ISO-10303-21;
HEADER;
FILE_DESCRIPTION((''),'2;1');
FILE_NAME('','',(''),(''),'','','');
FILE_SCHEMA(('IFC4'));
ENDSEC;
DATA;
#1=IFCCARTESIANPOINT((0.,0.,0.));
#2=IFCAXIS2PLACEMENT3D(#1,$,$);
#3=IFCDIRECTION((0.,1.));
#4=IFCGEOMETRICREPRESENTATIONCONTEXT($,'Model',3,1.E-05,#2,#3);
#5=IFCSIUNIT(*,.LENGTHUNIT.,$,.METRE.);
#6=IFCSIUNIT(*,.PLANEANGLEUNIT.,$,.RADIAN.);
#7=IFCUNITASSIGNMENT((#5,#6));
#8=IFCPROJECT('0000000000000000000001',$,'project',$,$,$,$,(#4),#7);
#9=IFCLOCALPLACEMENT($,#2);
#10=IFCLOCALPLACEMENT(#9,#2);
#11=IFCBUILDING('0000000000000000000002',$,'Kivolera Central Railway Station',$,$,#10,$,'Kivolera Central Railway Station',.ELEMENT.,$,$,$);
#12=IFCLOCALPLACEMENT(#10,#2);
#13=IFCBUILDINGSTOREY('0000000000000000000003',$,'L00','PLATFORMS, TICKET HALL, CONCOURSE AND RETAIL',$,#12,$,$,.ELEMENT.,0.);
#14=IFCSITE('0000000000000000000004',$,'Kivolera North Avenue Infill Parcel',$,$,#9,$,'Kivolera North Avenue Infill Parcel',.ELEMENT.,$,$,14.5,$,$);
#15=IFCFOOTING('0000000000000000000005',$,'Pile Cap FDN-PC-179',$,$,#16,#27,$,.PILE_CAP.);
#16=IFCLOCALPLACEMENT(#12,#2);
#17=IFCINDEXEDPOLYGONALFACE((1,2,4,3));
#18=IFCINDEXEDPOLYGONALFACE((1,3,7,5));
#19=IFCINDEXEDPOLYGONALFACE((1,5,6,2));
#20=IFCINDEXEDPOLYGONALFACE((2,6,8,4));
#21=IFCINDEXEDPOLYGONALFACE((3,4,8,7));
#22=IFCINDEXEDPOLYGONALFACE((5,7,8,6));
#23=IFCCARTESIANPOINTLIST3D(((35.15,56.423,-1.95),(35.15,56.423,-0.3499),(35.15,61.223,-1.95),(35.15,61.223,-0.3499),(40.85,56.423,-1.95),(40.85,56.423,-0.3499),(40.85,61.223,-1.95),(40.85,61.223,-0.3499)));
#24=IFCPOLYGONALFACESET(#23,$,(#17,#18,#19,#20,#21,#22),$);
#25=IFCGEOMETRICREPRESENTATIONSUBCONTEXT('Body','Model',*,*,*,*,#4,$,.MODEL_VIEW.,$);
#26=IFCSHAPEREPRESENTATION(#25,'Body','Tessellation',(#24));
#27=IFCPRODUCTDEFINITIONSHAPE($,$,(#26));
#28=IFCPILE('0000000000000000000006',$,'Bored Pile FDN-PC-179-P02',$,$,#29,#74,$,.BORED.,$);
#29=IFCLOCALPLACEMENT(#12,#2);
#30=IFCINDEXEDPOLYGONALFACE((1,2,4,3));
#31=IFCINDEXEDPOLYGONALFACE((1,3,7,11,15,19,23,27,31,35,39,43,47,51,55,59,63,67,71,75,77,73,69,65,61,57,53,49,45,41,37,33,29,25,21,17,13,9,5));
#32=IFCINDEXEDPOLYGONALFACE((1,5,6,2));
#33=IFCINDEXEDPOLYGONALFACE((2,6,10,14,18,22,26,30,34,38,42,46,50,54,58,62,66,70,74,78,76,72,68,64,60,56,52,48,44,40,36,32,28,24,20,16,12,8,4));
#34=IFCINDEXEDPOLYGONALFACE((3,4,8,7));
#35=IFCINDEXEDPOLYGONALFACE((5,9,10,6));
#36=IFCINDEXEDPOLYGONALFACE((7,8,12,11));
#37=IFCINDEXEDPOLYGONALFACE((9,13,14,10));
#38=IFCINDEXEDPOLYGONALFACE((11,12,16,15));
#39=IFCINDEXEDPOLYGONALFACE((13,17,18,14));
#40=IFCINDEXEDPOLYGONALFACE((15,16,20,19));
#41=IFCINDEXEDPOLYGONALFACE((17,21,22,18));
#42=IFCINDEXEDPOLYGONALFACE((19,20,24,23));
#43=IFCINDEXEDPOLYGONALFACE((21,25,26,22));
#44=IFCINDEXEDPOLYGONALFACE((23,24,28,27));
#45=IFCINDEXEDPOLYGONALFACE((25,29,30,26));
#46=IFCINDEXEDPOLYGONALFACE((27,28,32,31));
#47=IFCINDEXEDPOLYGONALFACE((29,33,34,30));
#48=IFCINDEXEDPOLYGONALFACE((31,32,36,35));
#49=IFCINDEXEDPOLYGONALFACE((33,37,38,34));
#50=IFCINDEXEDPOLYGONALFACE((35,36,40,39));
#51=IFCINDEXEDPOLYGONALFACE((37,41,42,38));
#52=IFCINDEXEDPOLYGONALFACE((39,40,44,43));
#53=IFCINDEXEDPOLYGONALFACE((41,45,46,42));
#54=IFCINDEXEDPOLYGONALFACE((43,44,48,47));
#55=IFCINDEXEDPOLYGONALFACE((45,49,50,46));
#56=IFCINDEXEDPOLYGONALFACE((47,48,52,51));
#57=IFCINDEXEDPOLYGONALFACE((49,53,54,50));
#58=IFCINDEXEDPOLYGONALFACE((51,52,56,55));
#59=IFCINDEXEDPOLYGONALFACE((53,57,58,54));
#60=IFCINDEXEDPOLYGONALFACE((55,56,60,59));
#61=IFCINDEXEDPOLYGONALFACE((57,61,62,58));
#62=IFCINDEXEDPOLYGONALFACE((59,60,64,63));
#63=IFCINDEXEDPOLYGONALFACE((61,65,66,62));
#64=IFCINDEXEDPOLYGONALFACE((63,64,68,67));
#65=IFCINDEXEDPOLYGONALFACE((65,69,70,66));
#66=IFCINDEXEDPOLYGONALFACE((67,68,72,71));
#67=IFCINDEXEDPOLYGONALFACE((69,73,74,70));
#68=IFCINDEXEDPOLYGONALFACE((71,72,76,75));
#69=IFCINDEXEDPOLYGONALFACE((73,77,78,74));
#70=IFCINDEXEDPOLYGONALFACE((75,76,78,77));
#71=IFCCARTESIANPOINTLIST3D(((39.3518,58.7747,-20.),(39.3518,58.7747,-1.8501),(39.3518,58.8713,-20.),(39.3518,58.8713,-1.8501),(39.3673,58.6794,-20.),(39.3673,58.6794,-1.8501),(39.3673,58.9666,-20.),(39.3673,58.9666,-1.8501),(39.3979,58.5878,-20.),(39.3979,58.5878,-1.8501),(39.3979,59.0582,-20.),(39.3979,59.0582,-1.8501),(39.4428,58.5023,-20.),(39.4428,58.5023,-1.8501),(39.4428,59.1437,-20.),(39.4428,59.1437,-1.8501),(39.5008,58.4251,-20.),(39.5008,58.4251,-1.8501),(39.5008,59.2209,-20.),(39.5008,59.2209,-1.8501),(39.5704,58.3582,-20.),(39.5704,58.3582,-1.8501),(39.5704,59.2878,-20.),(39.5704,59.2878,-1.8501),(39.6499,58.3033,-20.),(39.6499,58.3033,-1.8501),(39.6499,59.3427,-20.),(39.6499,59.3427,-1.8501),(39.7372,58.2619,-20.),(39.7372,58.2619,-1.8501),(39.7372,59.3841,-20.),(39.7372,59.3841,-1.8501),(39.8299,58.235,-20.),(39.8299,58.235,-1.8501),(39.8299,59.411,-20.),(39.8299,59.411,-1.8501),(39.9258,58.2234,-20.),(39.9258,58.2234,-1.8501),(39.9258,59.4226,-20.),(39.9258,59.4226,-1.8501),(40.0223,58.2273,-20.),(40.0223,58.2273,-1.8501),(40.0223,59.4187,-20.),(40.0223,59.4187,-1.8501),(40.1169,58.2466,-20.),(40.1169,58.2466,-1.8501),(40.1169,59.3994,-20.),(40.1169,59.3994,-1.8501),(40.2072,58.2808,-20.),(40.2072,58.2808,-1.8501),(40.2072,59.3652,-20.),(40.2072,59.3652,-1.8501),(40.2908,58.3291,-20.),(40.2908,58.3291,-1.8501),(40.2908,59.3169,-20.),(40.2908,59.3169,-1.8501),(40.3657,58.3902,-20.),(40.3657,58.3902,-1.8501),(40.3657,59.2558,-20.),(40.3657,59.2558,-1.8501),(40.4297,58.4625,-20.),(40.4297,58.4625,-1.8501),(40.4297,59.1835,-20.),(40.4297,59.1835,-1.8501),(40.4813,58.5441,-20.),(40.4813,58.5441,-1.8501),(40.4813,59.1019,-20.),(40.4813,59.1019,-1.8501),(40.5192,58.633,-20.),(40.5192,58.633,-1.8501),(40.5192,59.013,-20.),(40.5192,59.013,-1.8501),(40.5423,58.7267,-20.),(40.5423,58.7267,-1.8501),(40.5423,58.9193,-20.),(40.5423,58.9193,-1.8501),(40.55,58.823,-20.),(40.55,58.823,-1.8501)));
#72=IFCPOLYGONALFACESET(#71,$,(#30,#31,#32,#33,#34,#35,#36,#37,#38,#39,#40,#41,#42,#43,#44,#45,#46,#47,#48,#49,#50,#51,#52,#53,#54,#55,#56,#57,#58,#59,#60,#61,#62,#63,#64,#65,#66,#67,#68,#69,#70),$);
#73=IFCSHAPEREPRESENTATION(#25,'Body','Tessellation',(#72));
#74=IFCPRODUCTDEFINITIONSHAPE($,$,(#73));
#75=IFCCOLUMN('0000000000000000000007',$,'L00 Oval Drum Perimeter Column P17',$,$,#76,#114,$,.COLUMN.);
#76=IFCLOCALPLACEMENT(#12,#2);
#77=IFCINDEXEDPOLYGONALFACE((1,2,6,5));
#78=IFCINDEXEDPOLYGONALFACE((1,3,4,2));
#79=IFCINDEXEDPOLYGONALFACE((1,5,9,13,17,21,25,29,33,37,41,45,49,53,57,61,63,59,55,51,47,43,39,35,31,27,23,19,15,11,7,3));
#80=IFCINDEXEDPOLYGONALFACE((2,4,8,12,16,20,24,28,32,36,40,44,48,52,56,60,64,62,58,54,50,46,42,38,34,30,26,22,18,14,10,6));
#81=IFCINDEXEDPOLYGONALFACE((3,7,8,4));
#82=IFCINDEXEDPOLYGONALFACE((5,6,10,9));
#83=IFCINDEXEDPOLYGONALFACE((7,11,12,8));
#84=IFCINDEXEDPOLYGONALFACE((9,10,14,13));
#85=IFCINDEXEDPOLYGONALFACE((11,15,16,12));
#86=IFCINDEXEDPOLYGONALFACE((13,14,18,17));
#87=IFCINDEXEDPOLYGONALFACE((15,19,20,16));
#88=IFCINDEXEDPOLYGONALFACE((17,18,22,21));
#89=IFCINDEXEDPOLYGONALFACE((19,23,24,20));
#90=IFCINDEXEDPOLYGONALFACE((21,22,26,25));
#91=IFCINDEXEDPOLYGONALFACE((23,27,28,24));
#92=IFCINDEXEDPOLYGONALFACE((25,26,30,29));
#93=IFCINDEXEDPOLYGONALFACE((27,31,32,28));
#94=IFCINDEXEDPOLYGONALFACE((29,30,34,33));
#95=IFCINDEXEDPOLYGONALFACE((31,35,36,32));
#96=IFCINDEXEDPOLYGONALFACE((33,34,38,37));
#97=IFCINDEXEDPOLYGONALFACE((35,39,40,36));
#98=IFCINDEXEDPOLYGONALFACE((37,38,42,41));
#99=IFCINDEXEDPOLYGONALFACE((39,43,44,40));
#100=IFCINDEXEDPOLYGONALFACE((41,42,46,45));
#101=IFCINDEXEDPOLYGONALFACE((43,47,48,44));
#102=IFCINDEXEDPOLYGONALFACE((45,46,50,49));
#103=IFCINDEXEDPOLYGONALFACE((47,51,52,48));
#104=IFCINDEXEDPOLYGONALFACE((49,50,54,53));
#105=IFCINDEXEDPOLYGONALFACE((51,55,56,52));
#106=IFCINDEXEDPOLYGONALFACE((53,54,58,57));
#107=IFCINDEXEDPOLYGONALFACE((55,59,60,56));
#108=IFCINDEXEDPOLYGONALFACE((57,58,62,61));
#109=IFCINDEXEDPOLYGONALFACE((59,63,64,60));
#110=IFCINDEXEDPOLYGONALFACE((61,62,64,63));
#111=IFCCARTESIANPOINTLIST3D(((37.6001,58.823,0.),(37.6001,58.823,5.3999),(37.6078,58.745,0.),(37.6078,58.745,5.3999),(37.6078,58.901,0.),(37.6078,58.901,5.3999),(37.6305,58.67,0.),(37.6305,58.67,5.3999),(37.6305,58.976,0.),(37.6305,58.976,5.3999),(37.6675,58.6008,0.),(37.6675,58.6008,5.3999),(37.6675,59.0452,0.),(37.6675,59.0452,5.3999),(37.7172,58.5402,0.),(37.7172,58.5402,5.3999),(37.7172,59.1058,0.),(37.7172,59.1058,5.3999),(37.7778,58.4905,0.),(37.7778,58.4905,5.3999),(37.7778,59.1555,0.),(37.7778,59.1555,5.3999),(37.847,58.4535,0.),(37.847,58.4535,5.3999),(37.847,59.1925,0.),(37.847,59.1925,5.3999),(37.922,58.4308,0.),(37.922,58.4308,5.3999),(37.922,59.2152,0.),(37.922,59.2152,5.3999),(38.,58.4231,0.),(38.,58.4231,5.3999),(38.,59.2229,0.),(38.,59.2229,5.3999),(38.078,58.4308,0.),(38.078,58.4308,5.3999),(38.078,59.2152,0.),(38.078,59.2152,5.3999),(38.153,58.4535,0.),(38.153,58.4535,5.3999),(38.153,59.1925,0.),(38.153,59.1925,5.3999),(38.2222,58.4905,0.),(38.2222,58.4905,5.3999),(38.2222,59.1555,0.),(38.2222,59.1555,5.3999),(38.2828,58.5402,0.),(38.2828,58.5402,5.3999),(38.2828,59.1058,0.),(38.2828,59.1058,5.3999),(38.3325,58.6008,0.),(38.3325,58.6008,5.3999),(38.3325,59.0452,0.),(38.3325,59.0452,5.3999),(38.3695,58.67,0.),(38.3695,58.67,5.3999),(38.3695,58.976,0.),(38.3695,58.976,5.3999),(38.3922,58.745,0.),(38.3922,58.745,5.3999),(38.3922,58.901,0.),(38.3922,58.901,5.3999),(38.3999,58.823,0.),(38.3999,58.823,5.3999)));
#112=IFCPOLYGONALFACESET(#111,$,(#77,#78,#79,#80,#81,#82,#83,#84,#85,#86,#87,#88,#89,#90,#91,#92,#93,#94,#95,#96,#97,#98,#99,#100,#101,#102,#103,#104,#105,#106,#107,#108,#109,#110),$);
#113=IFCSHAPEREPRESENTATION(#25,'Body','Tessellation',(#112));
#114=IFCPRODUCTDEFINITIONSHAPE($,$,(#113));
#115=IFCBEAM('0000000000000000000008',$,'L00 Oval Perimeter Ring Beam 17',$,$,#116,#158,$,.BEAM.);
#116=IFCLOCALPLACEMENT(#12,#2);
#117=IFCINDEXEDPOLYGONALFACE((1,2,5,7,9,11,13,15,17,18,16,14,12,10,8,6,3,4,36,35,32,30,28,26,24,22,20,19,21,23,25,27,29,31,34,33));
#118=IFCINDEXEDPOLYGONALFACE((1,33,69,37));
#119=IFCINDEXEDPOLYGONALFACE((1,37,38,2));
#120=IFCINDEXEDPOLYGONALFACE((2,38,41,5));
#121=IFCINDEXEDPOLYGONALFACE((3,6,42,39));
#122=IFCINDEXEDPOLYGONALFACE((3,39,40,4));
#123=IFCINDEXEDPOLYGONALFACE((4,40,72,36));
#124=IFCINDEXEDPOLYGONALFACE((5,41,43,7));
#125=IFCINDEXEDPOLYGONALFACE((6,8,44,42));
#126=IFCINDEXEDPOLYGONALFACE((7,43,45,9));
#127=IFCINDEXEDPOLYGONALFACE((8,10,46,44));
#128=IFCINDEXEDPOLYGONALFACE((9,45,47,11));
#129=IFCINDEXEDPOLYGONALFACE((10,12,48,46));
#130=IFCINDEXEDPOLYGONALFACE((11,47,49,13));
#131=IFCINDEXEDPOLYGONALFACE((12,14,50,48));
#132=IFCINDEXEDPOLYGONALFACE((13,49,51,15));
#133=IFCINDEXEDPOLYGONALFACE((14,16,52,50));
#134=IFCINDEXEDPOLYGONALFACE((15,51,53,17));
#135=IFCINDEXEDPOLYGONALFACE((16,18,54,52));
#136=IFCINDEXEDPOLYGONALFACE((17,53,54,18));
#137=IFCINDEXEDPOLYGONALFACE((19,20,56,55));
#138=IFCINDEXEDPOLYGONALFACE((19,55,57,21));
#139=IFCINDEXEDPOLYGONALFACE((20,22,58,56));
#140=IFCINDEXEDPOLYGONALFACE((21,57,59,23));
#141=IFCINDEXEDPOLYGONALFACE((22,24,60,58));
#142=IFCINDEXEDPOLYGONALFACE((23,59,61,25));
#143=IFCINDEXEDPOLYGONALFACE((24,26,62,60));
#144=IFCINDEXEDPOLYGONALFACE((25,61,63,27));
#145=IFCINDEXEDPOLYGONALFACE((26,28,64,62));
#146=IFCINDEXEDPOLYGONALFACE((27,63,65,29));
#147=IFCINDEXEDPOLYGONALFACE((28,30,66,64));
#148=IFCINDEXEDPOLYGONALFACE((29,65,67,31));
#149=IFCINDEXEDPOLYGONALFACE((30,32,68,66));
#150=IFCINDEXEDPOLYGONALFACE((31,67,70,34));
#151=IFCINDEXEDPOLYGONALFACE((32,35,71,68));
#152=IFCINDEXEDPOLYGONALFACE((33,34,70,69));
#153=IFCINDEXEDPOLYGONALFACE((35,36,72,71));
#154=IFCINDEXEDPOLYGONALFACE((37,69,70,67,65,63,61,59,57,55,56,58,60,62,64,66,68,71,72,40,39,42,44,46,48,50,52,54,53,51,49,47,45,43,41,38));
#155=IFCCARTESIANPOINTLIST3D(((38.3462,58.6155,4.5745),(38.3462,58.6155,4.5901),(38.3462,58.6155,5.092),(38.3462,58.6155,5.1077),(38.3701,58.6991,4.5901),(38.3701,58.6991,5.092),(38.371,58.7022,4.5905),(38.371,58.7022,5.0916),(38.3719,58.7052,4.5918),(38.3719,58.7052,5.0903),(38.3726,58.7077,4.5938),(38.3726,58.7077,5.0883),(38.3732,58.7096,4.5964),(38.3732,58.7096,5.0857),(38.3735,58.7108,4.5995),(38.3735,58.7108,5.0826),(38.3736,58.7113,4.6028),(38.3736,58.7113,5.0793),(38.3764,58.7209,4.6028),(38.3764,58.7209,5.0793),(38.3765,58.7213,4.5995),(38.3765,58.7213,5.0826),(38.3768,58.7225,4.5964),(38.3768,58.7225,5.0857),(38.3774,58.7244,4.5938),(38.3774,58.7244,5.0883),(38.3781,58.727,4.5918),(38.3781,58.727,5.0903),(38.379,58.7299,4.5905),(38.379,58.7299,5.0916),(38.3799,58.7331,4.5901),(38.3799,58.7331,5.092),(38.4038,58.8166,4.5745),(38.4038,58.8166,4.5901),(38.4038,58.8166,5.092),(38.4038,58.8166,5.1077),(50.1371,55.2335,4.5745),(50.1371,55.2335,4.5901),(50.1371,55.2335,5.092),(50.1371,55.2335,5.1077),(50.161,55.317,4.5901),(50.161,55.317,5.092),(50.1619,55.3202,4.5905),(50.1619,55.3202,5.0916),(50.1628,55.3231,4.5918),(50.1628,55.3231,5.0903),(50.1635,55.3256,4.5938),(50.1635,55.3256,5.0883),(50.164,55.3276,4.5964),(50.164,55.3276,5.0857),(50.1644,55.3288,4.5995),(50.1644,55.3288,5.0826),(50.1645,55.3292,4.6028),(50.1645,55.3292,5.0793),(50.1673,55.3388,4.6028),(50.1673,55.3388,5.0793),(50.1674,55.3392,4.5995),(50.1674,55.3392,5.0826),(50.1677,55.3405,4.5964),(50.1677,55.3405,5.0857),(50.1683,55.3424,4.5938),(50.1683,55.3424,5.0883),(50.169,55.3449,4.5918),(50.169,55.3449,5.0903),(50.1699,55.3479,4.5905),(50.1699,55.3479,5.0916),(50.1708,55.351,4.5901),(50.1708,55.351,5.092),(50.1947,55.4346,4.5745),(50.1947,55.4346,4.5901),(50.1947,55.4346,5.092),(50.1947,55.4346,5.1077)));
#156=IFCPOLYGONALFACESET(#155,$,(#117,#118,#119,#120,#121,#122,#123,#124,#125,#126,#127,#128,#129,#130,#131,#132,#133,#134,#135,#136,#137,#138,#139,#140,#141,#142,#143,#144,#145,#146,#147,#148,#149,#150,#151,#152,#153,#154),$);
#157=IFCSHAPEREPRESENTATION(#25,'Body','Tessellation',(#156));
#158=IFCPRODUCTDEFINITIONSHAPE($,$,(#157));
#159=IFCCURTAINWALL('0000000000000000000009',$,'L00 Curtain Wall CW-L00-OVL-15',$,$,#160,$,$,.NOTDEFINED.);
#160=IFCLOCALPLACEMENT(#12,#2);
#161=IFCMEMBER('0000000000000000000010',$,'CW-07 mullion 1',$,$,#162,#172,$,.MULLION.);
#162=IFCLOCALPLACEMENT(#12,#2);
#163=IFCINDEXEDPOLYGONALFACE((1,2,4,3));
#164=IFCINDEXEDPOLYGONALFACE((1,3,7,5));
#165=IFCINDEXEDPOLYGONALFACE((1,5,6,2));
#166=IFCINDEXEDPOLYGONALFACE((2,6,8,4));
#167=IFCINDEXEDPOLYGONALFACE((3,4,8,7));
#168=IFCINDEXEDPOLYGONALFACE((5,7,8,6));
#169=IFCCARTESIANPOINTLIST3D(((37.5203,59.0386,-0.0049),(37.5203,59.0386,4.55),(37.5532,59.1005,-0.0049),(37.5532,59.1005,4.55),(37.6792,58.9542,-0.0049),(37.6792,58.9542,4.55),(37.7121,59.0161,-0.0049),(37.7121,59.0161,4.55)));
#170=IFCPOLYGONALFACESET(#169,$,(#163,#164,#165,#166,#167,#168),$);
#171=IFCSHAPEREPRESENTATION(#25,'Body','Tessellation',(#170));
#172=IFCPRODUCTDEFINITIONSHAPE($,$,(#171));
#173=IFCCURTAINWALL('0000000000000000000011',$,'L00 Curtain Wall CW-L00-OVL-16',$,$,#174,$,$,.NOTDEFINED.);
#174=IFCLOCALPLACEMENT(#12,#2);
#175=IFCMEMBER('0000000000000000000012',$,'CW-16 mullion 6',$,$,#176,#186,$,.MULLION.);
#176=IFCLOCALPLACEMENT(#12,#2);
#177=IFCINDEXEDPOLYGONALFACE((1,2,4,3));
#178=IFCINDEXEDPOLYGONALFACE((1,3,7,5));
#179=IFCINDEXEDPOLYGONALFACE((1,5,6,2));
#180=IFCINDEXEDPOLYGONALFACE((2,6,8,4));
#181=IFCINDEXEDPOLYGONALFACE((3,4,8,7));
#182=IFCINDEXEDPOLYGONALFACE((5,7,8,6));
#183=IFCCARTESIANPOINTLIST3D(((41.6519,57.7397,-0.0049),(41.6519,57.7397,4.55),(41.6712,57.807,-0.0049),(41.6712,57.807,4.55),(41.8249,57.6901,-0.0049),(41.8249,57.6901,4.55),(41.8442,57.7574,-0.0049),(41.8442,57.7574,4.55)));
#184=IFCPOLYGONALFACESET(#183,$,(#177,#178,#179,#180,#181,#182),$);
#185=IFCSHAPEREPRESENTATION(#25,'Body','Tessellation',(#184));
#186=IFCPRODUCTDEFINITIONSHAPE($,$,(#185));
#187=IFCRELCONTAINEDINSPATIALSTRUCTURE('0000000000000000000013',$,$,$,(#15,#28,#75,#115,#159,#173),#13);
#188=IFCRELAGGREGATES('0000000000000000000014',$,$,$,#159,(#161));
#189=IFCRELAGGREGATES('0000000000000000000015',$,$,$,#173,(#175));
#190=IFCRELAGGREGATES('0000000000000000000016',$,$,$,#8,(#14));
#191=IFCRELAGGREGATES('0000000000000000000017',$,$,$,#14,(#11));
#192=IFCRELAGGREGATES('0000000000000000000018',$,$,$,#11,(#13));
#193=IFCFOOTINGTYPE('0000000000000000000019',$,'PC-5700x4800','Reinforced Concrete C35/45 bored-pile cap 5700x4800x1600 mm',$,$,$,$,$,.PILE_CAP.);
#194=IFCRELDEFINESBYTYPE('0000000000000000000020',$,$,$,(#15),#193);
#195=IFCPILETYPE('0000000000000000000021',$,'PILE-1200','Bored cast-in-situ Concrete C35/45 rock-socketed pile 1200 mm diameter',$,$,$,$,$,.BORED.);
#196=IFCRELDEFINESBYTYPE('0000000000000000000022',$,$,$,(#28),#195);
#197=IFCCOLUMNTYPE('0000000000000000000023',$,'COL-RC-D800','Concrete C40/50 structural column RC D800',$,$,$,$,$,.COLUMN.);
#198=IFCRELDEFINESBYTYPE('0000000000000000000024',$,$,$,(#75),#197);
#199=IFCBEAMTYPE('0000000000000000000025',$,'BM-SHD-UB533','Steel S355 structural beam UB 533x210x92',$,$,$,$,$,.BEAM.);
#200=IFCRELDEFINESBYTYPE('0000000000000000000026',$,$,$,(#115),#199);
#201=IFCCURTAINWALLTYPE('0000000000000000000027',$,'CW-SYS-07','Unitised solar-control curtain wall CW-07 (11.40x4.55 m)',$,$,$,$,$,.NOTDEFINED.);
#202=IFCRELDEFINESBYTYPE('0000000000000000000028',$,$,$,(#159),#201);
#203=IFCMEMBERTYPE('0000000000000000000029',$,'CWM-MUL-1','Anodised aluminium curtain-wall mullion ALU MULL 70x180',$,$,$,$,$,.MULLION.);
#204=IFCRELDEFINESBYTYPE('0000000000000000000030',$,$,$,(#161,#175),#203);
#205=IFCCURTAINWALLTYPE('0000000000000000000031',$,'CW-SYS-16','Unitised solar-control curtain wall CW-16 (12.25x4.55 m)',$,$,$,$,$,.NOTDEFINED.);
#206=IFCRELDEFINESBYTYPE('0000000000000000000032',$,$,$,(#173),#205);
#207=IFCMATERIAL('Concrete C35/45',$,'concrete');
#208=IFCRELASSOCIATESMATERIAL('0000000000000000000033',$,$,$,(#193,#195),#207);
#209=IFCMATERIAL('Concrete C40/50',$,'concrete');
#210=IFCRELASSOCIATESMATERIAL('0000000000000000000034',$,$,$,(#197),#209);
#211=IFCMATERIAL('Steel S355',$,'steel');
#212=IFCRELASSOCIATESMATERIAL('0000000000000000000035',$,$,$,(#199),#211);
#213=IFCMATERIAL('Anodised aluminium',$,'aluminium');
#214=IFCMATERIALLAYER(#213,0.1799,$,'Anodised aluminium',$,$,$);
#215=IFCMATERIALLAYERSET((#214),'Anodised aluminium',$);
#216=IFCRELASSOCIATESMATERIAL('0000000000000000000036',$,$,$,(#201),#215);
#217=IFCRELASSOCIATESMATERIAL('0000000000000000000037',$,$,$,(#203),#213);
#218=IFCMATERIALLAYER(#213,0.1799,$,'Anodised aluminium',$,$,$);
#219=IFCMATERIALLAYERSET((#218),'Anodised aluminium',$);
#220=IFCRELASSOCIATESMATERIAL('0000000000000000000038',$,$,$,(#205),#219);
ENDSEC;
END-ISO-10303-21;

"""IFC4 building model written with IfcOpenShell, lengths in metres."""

from ifc_helpers import new_model, si_unit, direction, frame, origin, origin_2d, place, context, subcontext, project, spatial, rectangle, circle, i_section, extrude, material, layer, layer_set, material_profile, profile_set, type_object, element, aggregate, save


model = new_model("IFC4")

# Units and contexts
model_context = context("Model", 3, precision=1e-05, world=origin(), true_north=direction((0.0, 1.0)))
body_context = subcontext(model_context, "Body", "Model", "MODEL_VIEW")
ifc_project = project(units=[si_unit("LENGTHUNIT", "METRE"), si_unit("PLANEANGLEUNIT", "RADIAN")], contexts=[model_context])

# Site, building, storey
site_placement = place(None, origin())
site = spatial("IfcSite", under=ifc_project, at=site_placement, Name="Kivolera North Avenue Infill Parcel", LongName="Kivolera North Avenue Infill Parcel", CompositionType="ELEMENT", RefElevation=14.5)
building_placement = place(site_placement, origin())
building = spatial("IfcBuilding", under=site, at=building_placement, Name="Kivolera Central Railway Station", LongName="Kivolera Central Railway Station", CompositionType="ELEMENT")
storey_placement = place(building_placement, origin())
storey = spatial("IfcBuildingStorey", under=building, at=storey_placement, Name="L00", Description="PLATFORMS, TICKET HALL, CONCOURSE AND RETAIL", CompositionType="ELEMENT", Elevation=0.0)

# Footing
ifc_material_1 = material(Name="Concrete C35/45", Category="concrete")
footing_type = type_object("IfcFootingType", Name="PC-5700x4800", Description="Reinforced Concrete C35/45 bored-pile cap 5700x4800x1600 mm", PredefinedType="PILE_CAP", material=ifc_material_1)
footing_placement = place(storey_placement, frame((38.0, 58.823, -1.95), z_axis=(0.0, 0.0, 1.0), x_axis=(1.0, 0.0, 0.0)))
element("IfcFooting", 1, at=footing_placement, inside=storey, type_object=footing_type, Name="Pile Cap FDN-PC-179", PredefinedType="PILE_CAP", context=body_context, shape_type="SweptSolid", body=[
    extrude(rectangle(XDim=5.7, YDim=4.8, at=origin_2d()), origin(), (0.0, 0.0, 1.0), 1.6001),
])

# Pile
ifc_material_profile_1 = material_profile(ifc_material_1, circle(Radius=0.6001, at=origin_2d()), Name="PILE D1200")
ifc_profile_set_1 = profile_set([ifc_material_profile_1], Name="Concrete C35/45")
pile_type = type_object("IfcPileType", Name="PILE-1200", Description="Bored cast-in-situ Concrete C35/45 rock-socketed pile 1200 mm diameter", PredefinedType="BORED", material=ifc_profile_set_1)
pile_placement = place(storey_placement, frame((39.95, 58.823, -1.8501), z_axis=(0.0, 0.0, -1.0), x_axis=(1.0, 0.0, 0.0)))
element("IfcPile", 2, at=pile_placement, inside=storey, type_object=pile_type, Name="Bored Pile FDN-PC-179-P02", PredefinedType="BORED", context=body_context, shape_type="SweptSolid", body=[
    extrude(circle(Radius=0.6001, at=origin_2d()), origin(), (0.0, 0.0, 1.0), 18.1499),
])

# Column
ifc_material_2 = material(Name="Concrete C40/50", Category="concrete")
ifc_material_profile_2 = material_profile(ifc_material_2, circle(Radius=0.3999, at=origin_2d()), Name="RC D800")
ifc_profile_set_2 = profile_set([ifc_material_profile_2], Name="Concrete C40/50")
column_type = type_object("IfcColumnType", Name="COL-RC-D800", Description="Concrete C40/50 structural column RC D800", PredefinedType="COLUMN", material=ifc_profile_set_2)
column_placement = place(storey_placement, frame((38.0, 58.823, 0.0), z_axis=(0.0, 0.0, 1.0), x_axis=(1.0, 0.0, 0.0)))
element("IfcColumn", 3, at=column_placement, inside=storey, type_object=column_type, Name="L00 Oval Drum Perimeter Column P17", PredefinedType="COLUMN", context=body_context, shape_type="SweptSolid", body=[
    extrude(circle(Radius=0.3999, at=origin_2d()), origin(), (0.0, 0.0, 1.0), 5.3999),
])

# Beam
ifc_material_3 = material(Name="Steel S355", Category="steel")
ifc_material_profile_3 = material_profile(ifc_material_3, i_section(OverallWidth=0.2092, OverallDepth=0.5332, WebThickness=0.01, FlangeThickness=0.0156, FilletRadius=0.0127, at=origin_2d()), Name="UB 533x210x92")
ifc_profile_set_3 = profile_set([ifc_material_profile_3], Name="Steel S355")
beam_type = type_object("IfcBeamType", Name="BM-SHD-UB533", Description="Steel S355 structural beam UB 533x210x92", PredefinedType="BEAM", material=ifc_profile_set_3)
beam_placement = place(storey_placement, frame((38.375, 58.7161, 4.8411), z_axis=(0.961239, -0.275717, 0.0), x_axis=(0.275717, 0.961239, 0.0)))
element("IfcBeam", 4, at=beam_placement, inside=storey, type_object=beam_type, Name="L00 Oval Perimeter Ring Beam 17", PredefinedType="BEAM", context=body_context, shape_type="SweptSolid", body=[
    extrude(i_section(OverallWidth=0.2092, OverallDepth=0.5332, WebThickness=0.01, FlangeThickness=0.0156, FilletRadius=0.0127, at=origin_2d()), origin(), (0.0, 0.0, 1.0), 12.2664),
])

# Curtain wall, member
ifc_material_4 = material(Name="Anodised aluminium", Category="aluminium")
ifc_layer_1 = layer(ifc_material_4, 0.1799, Name="Anodised aluminium")
ifc_layer_set_1 = layer_set([ifc_layer_1], Name="Anodised aluminium")
curtain_wall_type_1 = type_object("IfcCurtainWallType", Name="CW-SYS-07", Description="Unitised solar-control curtain wall CW-07 (11.40x4.55 m)", PredefinedType="NOTDEFINED", material=ifc_layer_set_1)
curtain_wall_1_placement = place(storey_placement, origin())
curtain_wall_1 = element("IfcCurtainWall", 5, at=curtain_wall_1_placement, inside=storey, type_object=curtain_wall_type_1, Name="L00 Curtain Wall CW-L00-OVL-15", PredefinedType="NOTDEFINED")
ifc_material_profile_4 = material_profile(ifc_material_4, rectangle(XDim=0.0701, YDim=0.1799, at=origin_2d()), Name="ALU MULL 70x180")
ifc_profile_set_4 = profile_set([ifc_material_profile_4], Name="Anodised aluminium")
member_type_1 = type_object("IfcMemberType", Name="CWM-MUL-1", Description="Anodised aluminium curtain-wall mullion ALU MULL 70x180", PredefinedType="MULLION", material=ifc_profile_set_4)
member_1_placement = place(storey_placement, frame((37.6162, 59.0273, -0.0049), z_axis=(0.0, 0.0, 1.0), x_axis=(-0.469053, -0.88317, 0.0)))
member_1 = element("IfcMember", 6, at=member_1_placement, type_object=member_type_1, Name="CW-07 mullion 1", PredefinedType="MULLION", context=body_context, shape_type="SweptSolid", body=[
    extrude(rectangle(XDim=0.0701, YDim=0.1799, at=origin_2d()), origin(), (0.0, 0.0, 1.0), 4.5549),
])
aggregate(curtain_wall_1, [member_1])

# Curtain wall, member
ifc_layer_2 = layer(ifc_material_4, 0.1799, Name="Anodised aluminium")
ifc_layer_set_2 = layer_set([ifc_layer_2], Name="Anodised aluminium")
curtain_wall_type_2 = type_object("IfcCurtainWallType", Name="CW-SYS-16", Description="Unitised solar-control curtain wall CW-16 (12.25x4.55 m)", PredefinedType="NOTDEFINED", material=ifc_layer_set_2)
curtain_wall_2_placement = place(storey_placement, origin())
curtain_wall_2 = element("IfcCurtainWall", 7, at=curtain_wall_2_placement, inside=storey, type_object=curtain_wall_type_2, Name="L00 Curtain Wall CW-L00-OVL-16", PredefinedType="NOTDEFINED")
member_2_placement = place(storey_placement, frame((41.748, 57.7485, -0.0049), z_axis=(0.0, 0.0, 1.0), x_axis=(-0.275692, -0.961246, 0.0)))
member_2 = element("IfcMember", 8, at=member_2_placement, type_object=member_type_1, Name="CW-16 mullion 6", PredefinedType="MULLION", context=body_context, shape_type="SweptSolid", body=[
    extrude(rectangle(XDim=0.0701, YDim=0.1799, at=origin_2d()), origin(), (0.0, 0.0, 1.0), 4.5549),
])
aggregate(curtain_wall_2, [member_2])

save(model, "model.ifc")
